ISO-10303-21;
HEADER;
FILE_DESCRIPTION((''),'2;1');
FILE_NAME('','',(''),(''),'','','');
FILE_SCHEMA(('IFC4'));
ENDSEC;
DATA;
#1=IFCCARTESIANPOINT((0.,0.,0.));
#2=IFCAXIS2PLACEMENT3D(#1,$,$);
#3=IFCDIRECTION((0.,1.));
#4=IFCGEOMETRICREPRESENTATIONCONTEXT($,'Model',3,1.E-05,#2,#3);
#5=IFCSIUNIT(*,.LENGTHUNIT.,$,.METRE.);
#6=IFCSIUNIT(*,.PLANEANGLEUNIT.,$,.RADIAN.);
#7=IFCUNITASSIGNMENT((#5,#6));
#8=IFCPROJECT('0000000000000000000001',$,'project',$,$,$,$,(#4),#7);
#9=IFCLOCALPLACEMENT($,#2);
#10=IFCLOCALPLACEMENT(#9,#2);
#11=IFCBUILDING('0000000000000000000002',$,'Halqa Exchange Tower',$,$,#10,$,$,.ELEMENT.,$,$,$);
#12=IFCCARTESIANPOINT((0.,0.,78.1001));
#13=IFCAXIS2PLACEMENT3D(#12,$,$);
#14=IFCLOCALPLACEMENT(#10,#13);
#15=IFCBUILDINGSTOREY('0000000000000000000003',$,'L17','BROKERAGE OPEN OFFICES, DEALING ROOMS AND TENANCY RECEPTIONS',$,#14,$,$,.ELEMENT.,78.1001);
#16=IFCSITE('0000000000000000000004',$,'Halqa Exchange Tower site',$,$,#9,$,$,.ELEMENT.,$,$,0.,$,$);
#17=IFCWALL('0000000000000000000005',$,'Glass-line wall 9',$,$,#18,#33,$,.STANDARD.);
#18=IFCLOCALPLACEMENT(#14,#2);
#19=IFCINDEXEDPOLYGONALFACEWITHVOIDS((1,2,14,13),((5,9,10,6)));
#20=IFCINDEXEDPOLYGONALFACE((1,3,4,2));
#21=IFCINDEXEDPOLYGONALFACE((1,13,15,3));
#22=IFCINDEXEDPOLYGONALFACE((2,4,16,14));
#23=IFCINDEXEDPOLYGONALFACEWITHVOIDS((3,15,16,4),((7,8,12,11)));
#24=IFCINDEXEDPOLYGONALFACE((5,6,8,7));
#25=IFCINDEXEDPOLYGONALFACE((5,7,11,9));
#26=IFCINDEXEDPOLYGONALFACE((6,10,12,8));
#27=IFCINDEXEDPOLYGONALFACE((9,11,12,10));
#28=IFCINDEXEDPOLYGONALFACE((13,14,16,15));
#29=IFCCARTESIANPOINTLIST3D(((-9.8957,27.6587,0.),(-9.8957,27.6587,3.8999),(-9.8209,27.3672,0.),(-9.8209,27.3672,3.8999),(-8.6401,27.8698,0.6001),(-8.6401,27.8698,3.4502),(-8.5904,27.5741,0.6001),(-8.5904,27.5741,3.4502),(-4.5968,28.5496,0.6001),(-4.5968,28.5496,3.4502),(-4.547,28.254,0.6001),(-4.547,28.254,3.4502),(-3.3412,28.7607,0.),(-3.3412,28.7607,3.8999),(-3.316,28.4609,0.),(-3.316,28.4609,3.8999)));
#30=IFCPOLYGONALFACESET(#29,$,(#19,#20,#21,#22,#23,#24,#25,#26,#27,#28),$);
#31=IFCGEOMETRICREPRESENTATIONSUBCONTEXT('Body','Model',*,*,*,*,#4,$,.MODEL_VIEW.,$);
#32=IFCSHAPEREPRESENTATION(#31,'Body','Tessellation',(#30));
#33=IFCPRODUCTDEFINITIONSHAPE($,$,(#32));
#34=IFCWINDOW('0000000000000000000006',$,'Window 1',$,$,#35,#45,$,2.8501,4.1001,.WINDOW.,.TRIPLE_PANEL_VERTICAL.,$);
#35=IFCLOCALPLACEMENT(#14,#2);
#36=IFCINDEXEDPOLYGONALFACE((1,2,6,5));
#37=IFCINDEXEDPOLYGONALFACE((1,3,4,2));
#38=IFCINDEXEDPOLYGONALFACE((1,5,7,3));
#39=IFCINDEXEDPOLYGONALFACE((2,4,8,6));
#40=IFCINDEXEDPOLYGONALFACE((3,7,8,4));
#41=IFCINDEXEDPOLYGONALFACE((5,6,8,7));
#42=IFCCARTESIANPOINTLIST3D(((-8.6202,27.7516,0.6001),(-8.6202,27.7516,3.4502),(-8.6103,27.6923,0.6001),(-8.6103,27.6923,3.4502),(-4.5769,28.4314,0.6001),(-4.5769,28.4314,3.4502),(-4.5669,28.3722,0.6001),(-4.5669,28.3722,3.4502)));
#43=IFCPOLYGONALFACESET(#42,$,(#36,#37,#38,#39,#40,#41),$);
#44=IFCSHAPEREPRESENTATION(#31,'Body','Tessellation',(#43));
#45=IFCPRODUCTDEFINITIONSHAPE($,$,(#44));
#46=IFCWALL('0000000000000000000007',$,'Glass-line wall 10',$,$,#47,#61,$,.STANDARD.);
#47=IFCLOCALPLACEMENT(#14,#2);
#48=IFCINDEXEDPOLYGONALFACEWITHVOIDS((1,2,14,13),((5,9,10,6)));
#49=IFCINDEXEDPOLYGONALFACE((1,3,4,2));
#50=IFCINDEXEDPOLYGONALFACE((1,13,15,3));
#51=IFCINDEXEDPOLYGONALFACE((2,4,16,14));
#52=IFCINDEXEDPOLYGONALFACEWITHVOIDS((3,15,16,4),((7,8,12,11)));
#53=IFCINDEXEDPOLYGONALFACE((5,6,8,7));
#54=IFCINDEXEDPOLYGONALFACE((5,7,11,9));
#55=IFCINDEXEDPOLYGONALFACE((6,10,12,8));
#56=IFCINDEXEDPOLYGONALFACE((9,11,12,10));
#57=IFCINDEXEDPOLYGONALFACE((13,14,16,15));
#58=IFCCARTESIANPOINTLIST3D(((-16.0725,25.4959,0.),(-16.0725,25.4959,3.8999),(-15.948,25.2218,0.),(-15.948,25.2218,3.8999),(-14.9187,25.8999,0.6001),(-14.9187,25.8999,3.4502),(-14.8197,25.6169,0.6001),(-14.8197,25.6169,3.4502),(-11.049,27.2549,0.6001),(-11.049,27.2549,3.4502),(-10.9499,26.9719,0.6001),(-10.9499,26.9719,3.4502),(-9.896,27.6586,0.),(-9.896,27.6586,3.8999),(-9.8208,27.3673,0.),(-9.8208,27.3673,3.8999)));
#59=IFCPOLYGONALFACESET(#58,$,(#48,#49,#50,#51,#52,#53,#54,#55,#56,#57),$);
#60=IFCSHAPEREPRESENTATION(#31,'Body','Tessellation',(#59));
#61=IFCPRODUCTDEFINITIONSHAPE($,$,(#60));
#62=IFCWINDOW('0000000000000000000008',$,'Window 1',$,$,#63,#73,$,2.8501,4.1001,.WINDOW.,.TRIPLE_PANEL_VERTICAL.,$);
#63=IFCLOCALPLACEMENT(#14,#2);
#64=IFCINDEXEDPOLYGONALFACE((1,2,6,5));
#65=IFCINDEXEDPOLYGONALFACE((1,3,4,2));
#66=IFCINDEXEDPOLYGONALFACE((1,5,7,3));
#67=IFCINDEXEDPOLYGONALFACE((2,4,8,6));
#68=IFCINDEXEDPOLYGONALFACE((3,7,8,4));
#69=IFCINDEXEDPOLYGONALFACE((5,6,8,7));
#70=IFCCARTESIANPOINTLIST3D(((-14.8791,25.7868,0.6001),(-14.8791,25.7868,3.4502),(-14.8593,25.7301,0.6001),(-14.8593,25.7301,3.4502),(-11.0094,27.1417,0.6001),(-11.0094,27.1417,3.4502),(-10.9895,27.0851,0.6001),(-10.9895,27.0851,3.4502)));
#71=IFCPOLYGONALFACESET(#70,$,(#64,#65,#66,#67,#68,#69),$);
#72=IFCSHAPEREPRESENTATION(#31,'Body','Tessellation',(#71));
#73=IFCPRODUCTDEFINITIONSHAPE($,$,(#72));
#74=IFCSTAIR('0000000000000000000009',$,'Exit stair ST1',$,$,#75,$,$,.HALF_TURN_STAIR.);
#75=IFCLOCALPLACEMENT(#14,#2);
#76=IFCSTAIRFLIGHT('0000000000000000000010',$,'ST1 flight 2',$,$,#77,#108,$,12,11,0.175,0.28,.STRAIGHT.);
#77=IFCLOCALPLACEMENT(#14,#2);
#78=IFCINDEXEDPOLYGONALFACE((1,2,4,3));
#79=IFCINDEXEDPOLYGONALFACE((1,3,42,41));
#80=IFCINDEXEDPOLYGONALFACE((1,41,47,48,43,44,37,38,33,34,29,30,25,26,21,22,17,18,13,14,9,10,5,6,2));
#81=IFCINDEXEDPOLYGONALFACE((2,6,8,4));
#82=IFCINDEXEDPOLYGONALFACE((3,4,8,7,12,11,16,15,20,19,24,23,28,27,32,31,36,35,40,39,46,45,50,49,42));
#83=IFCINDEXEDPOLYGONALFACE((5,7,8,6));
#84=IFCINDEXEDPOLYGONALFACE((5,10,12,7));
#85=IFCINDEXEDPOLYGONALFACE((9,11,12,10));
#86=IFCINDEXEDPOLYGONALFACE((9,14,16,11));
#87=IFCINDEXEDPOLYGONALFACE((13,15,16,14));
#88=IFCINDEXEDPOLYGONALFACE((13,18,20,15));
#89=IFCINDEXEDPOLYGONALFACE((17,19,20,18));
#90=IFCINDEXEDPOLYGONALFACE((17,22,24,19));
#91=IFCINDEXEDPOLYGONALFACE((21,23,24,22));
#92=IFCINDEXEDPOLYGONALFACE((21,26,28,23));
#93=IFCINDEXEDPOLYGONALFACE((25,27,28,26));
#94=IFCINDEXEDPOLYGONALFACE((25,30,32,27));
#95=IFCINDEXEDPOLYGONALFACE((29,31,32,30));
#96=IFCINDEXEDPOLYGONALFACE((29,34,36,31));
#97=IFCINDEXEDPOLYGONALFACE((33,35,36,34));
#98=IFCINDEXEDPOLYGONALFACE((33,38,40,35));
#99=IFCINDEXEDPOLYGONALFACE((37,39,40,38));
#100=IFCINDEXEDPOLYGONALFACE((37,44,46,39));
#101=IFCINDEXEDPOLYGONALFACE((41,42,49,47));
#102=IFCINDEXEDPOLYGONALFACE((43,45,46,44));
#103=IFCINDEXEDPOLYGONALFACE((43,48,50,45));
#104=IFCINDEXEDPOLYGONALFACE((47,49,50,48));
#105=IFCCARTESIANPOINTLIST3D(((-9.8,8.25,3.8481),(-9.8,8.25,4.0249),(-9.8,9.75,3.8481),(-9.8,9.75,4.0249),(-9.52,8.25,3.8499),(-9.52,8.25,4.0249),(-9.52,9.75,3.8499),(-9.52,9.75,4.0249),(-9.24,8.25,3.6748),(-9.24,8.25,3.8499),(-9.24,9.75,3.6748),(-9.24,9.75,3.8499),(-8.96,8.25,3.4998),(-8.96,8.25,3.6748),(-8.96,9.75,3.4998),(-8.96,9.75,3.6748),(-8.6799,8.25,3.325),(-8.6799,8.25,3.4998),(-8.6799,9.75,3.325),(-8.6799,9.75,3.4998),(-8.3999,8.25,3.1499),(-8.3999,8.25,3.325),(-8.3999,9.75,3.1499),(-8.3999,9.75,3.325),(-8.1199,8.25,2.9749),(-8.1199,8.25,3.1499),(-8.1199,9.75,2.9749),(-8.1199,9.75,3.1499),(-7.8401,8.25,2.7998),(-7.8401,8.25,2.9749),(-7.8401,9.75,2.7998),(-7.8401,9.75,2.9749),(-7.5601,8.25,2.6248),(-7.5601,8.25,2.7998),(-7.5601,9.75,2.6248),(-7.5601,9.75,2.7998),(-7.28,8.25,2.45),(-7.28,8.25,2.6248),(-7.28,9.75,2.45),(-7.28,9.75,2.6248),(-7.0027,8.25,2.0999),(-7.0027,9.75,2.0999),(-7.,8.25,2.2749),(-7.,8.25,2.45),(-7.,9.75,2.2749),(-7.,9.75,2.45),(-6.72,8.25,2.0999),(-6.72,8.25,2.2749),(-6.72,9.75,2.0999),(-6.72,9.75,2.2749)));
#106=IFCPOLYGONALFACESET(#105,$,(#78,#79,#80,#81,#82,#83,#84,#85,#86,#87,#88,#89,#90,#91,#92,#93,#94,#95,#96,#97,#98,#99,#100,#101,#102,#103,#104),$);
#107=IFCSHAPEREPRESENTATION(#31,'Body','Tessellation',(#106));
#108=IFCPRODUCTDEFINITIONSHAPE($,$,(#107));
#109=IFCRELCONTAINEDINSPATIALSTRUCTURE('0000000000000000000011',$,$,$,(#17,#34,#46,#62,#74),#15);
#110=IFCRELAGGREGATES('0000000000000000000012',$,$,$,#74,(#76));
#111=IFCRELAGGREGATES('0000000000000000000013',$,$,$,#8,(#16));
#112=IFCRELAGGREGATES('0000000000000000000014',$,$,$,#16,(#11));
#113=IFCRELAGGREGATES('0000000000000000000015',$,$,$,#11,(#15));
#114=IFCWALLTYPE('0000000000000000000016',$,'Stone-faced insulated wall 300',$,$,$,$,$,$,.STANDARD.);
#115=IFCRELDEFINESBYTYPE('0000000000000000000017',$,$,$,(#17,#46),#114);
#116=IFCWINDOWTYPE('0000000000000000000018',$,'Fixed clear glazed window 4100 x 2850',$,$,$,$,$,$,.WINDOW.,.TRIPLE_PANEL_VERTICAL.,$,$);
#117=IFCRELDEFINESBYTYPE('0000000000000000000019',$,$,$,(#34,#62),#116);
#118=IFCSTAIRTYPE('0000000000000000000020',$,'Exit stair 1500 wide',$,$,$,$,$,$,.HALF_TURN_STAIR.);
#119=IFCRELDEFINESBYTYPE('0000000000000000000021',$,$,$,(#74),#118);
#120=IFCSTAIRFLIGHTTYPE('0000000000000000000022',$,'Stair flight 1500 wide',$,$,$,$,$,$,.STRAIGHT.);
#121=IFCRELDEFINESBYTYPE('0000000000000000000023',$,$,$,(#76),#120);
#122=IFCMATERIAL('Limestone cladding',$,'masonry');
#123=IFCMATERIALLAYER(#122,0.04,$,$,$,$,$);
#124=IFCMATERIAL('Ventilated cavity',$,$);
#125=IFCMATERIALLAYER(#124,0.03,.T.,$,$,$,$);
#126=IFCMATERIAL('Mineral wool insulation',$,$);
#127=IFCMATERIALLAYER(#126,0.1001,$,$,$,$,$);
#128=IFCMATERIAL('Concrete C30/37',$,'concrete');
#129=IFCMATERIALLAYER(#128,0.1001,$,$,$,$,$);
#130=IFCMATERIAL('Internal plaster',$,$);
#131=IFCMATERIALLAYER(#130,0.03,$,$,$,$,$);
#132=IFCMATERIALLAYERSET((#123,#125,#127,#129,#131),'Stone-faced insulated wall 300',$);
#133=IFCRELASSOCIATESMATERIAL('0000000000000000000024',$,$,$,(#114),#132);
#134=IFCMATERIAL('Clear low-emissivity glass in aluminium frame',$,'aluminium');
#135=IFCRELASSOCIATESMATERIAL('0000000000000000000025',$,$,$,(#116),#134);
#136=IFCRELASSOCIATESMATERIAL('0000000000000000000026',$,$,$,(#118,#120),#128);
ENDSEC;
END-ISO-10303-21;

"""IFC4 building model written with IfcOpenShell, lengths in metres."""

from ifc_helpers import new_model, si_unit, direction, frame, frame_2d, origin, place, context, subcontext, project, spatial, polyline, rectangle, outline, extrude, material, layer, layer_set, type_object, element, fill, aggregate, save


model = new_model("IFC4")

# Units and contexts
model_context = context("Model", 3, precision=1e-05, world=origin(), true_north=direction((0.0, 1.0)))
body_context = subcontext(model_context, "Body", "Model", "MODEL_VIEW")
ifc_project = project(units=[si_unit("LENGTHUNIT", "METRE"), si_unit("PLANEANGLEUNIT", "RADIAN")], contexts=[model_context])

# Site, building, storey
site_placement = place(None, origin())
site = spatial("IfcSite", under=ifc_project, at=site_placement, Name="Halqa Exchange Tower site", CompositionType="ELEMENT", RefElevation=0.0)
building_placement = place(site_placement, origin())
building = spatial("IfcBuilding", under=site, at=building_placement, Name="Halqa Exchange Tower", CompositionType="ELEMENT")
storey_placement = place(building_placement, frame((0.0, 0.0, 78.1001)))
storey = spatial("IfcBuildingStorey", under=building, at=storey_placement, Name="L17", Description="BROKERAGE OPEN OFFICES, DEALING ROOMS AND TENANCY RECEPTIONS", CompositionType="ELEMENT", Elevation=78.1001)

# Shared definitions
ifc_material_1 = material(Name="Concrete C30/37", Category="concrete")

# Walls, openings, windows
ifc_material_2 = material(Name="Limestone cladding", Category="masonry")
ifc_layer_1 = layer(ifc_material_2, 0.04)
ifc_material_3 = material(Name="Ventilated cavity")
ifc_layer_2 = layer(ifc_material_3, 0.03, ventilated=True)
ifc_material_4 = material(Name="Mineral wool insulation")
ifc_layer_3 = layer(ifc_material_4, 0.1001)
ifc_layer_4 = layer(ifc_material_1, 0.1001)
ifc_material_5 = material(Name="Internal plaster")
ifc_layer_5 = layer(ifc_material_5, 0.03)
ifc_layer_set_1 = layer_set([ifc_layer_1, ifc_layer_2, ifc_layer_3, ifc_layer_4, ifc_layer_5], Name="Stone-faced insulated wall 300")
wall_type_1 = type_object("IfcWallType", Name="Stone-faced insulated wall 300", PredefinedType="STANDARD", material=ifc_layer_set_1)
wall_1_placement = place(storey_placement, frame((-3.3286, 28.6108, 0.0), z_axis=(0.0, 0.0, 1.0), x_axis=(-0.986158, -0.16581, 0.0)))
wall_1 = element("IfcWall", 1, at=wall_1_placement, inside=storey, type_object=wall_type_1, Name="Glass-line wall 9", PredefinedType="STANDARD", context=body_context, shape_type="SweptSolid", body=[
    extrude(outline(polyline([(-0.0125, -0.1499), (6.634, -0.1499), (6.6086, 0.1499), (0.0125, 0.1499), (-0.0125, -0.1499)])), origin(), (0.0, 0.0, 1.0), 3.8999),
])
opening_1_placement = place(wall_1_placement, frame((1.2607, 0.0, 0.6001)))
opening_1 = element("IfcOpeningElement", 2, at=opening_1_placement, cuts=wall_1, PredefinedType="OPENING", context=body_context, shape_type="SweptSolid", body=[
    extrude(rectangle(XDim=4.1001, YDim=2.8501, at=frame_2d((2.05, 1.425))), frame((0.0, 0.1621, 0.0), z_axis=(0.0, -1.0, 0.0), x_axis=(1.0, 0.0, 0.0)), (0.0, 0.0, 1.0), 0.324),
])
ifc_material_6 = material(Name="Clear low-emissivity glass in aluminium frame", Category="aluminium")
window_type = type_object("IfcWindowType", Name="Fixed clear glazed window 4100 x 2850", PartitioningType="TRIPLE_PANEL_VERTICAL", PredefinedType="WINDOW", material=ifc_material_6)
window_1_placement = place(opening_1_placement, origin())
window_1 = element("IfcWindow", 3, at=window_1_placement, inside=storey, type_object=window_type, Name="Window 1", OverallHeight=2.8501, OverallWidth=4.1001, PartitioningType="TRIPLE_PANEL_VERTICAL", PredefinedType="WINDOW", context=body_context, shape_type="SweptSolid", body=[
    extrude(rectangle(XDim=4.1001, YDim=2.8501, at=frame_2d((2.05, 1.425))), frame((0.0, 0.03, 0.0), z_axis=(0.0, -1.0, 0.0), x_axis=(1.0, 0.0, 0.0)), (0.0, 0.0, 1.0), 0.0601),
])
fill(opening_1, window_1)
wall_2_placement = place(storey_placement, frame((-9.8584, 27.5129, 0.0), z_axis=(0.0, 0.0, 1.0), x_axis=(-0.943815, -0.330474, 0.0)))
wall_2 = element("IfcWall", 4, at=wall_2_placement, inside=storey, type_object=wall_type_1, Name="Glass-line wall 10", PredefinedType="STANDARD", context=body_context, shape_type="SweptSolid", body=[
    extrude(outline(polyline([(-0.0127, -0.1499), (6.5315, -0.1499), (6.5046, 0.1499), (0.0127, 0.1499), (-0.0127, -0.1499)])), origin(), (0.0, 0.0, 1.0), 3.8999),
])
opening_2_placement = place(wall_2_placement, frame((1.209, 0.0, 0.6001)))
opening_2 = element("IfcOpeningElement", 5, at=opening_2_placement, cuts=wall_2, PredefinedType="OPENING", context=body_context, shape_type="SweptSolid", body=[
    extrude(rectangle(XDim=4.1001, YDim=2.8501, at=frame_2d((2.05, 1.425))), frame((0.0, 0.1621, 0.0), z_axis=(0.0, -1.0, 0.0), x_axis=(1.0, 0.0, 0.0)), (0.0, 0.0, 1.0), 0.324),
])
window_2_placement = place(opening_2_placement, origin())
window_2 = element("IfcWindow", 6, at=window_2_placement, inside=storey, type_object=window_type, Name="Window 1", OverallHeight=2.8501, OverallWidth=4.1001, PartitioningType="TRIPLE_PANEL_VERTICAL", PredefinedType="WINDOW", context=body_context, shape_type="SweptSolid", body=[
    extrude(rectangle(XDim=4.1001, YDim=2.8501, at=frame_2d((2.05, 1.425))), frame((0.0, 0.03, 0.0), z_axis=(0.0, -1.0, 0.0), x_axis=(1.0, 0.0, 0.0)), (0.0, 0.0, 1.0), 0.0601),
])
fill(opening_2, window_2)

# Stair, stair flight
stair_type = type_object("IfcStairType", Name="Exit stair 1500 wide", PredefinedType="HALF_TURN_STAIR", material=ifc_material_1)
stair_placement = place(storey_placement, origin())
stair = element("IfcStair", 7, at=stair_placement, inside=storey, type_object=stair_type, Name="Exit stair ST1", PredefinedType="HALF_TURN_STAIR")
stair_flight_type = type_object("IfcStairFlightType", Name="Stair flight 1500 wide", PredefinedType="STRAIGHT", material=ifc_material_1)
stair_flight_placement = place(storey_placement, frame((-6.72, 9.0, 2.0999), z_axis=(0.0, 0.0, 1.0), x_axis=(-1.0, 0.0, 0.0)))
stair_flight = element("IfcStairFlight", 8, at=stair_flight_placement, type_object=stair_flight_type, Name="ST1 flight 2", NumberOfRisers=12, NumberOfTreads=11, PredefinedType="STRAIGHT", RiserHeight=0.175, TreadLength=0.28, context=body_context, shape_type="SweptSolid", body=[
    extrude(outline(polyline([(0.0, 0.0), (0.0, 0.175), (0.28, 0.175), (0.28, 0.3501), (0.5601, 0.3501), (0.5601, 0.5249), (0.8401, 0.5249), (0.8401, 0.7), (1.1201, 0.7), (1.1201, 0.875), (1.3999, 0.875), (1.3999, 1.05), (1.6799, 1.05), (1.6799, 1.2251), (1.96, 1.2251), (1.96, 1.3999), (2.24, 1.3999), (2.24, 1.575), (2.52, 1.575), (2.52, 1.75), (2.8, 1.75), (2.8, 1.925), (3.0801, 1.925), (3.0801, 2.1001), (3.0801, 1.7483), (0.2827, 0.0), (0.0, 0.0)])), frame((0.0, 0.75, 0.0), z_axis=(0.0, -1.0, 0.0), x_axis=(1.0, 0.0, 0.0)), (0.0, 0.0, 1.0), 1.5),
])
aggregate(stair, [stair_flight])

save(model, "model.ifc")
